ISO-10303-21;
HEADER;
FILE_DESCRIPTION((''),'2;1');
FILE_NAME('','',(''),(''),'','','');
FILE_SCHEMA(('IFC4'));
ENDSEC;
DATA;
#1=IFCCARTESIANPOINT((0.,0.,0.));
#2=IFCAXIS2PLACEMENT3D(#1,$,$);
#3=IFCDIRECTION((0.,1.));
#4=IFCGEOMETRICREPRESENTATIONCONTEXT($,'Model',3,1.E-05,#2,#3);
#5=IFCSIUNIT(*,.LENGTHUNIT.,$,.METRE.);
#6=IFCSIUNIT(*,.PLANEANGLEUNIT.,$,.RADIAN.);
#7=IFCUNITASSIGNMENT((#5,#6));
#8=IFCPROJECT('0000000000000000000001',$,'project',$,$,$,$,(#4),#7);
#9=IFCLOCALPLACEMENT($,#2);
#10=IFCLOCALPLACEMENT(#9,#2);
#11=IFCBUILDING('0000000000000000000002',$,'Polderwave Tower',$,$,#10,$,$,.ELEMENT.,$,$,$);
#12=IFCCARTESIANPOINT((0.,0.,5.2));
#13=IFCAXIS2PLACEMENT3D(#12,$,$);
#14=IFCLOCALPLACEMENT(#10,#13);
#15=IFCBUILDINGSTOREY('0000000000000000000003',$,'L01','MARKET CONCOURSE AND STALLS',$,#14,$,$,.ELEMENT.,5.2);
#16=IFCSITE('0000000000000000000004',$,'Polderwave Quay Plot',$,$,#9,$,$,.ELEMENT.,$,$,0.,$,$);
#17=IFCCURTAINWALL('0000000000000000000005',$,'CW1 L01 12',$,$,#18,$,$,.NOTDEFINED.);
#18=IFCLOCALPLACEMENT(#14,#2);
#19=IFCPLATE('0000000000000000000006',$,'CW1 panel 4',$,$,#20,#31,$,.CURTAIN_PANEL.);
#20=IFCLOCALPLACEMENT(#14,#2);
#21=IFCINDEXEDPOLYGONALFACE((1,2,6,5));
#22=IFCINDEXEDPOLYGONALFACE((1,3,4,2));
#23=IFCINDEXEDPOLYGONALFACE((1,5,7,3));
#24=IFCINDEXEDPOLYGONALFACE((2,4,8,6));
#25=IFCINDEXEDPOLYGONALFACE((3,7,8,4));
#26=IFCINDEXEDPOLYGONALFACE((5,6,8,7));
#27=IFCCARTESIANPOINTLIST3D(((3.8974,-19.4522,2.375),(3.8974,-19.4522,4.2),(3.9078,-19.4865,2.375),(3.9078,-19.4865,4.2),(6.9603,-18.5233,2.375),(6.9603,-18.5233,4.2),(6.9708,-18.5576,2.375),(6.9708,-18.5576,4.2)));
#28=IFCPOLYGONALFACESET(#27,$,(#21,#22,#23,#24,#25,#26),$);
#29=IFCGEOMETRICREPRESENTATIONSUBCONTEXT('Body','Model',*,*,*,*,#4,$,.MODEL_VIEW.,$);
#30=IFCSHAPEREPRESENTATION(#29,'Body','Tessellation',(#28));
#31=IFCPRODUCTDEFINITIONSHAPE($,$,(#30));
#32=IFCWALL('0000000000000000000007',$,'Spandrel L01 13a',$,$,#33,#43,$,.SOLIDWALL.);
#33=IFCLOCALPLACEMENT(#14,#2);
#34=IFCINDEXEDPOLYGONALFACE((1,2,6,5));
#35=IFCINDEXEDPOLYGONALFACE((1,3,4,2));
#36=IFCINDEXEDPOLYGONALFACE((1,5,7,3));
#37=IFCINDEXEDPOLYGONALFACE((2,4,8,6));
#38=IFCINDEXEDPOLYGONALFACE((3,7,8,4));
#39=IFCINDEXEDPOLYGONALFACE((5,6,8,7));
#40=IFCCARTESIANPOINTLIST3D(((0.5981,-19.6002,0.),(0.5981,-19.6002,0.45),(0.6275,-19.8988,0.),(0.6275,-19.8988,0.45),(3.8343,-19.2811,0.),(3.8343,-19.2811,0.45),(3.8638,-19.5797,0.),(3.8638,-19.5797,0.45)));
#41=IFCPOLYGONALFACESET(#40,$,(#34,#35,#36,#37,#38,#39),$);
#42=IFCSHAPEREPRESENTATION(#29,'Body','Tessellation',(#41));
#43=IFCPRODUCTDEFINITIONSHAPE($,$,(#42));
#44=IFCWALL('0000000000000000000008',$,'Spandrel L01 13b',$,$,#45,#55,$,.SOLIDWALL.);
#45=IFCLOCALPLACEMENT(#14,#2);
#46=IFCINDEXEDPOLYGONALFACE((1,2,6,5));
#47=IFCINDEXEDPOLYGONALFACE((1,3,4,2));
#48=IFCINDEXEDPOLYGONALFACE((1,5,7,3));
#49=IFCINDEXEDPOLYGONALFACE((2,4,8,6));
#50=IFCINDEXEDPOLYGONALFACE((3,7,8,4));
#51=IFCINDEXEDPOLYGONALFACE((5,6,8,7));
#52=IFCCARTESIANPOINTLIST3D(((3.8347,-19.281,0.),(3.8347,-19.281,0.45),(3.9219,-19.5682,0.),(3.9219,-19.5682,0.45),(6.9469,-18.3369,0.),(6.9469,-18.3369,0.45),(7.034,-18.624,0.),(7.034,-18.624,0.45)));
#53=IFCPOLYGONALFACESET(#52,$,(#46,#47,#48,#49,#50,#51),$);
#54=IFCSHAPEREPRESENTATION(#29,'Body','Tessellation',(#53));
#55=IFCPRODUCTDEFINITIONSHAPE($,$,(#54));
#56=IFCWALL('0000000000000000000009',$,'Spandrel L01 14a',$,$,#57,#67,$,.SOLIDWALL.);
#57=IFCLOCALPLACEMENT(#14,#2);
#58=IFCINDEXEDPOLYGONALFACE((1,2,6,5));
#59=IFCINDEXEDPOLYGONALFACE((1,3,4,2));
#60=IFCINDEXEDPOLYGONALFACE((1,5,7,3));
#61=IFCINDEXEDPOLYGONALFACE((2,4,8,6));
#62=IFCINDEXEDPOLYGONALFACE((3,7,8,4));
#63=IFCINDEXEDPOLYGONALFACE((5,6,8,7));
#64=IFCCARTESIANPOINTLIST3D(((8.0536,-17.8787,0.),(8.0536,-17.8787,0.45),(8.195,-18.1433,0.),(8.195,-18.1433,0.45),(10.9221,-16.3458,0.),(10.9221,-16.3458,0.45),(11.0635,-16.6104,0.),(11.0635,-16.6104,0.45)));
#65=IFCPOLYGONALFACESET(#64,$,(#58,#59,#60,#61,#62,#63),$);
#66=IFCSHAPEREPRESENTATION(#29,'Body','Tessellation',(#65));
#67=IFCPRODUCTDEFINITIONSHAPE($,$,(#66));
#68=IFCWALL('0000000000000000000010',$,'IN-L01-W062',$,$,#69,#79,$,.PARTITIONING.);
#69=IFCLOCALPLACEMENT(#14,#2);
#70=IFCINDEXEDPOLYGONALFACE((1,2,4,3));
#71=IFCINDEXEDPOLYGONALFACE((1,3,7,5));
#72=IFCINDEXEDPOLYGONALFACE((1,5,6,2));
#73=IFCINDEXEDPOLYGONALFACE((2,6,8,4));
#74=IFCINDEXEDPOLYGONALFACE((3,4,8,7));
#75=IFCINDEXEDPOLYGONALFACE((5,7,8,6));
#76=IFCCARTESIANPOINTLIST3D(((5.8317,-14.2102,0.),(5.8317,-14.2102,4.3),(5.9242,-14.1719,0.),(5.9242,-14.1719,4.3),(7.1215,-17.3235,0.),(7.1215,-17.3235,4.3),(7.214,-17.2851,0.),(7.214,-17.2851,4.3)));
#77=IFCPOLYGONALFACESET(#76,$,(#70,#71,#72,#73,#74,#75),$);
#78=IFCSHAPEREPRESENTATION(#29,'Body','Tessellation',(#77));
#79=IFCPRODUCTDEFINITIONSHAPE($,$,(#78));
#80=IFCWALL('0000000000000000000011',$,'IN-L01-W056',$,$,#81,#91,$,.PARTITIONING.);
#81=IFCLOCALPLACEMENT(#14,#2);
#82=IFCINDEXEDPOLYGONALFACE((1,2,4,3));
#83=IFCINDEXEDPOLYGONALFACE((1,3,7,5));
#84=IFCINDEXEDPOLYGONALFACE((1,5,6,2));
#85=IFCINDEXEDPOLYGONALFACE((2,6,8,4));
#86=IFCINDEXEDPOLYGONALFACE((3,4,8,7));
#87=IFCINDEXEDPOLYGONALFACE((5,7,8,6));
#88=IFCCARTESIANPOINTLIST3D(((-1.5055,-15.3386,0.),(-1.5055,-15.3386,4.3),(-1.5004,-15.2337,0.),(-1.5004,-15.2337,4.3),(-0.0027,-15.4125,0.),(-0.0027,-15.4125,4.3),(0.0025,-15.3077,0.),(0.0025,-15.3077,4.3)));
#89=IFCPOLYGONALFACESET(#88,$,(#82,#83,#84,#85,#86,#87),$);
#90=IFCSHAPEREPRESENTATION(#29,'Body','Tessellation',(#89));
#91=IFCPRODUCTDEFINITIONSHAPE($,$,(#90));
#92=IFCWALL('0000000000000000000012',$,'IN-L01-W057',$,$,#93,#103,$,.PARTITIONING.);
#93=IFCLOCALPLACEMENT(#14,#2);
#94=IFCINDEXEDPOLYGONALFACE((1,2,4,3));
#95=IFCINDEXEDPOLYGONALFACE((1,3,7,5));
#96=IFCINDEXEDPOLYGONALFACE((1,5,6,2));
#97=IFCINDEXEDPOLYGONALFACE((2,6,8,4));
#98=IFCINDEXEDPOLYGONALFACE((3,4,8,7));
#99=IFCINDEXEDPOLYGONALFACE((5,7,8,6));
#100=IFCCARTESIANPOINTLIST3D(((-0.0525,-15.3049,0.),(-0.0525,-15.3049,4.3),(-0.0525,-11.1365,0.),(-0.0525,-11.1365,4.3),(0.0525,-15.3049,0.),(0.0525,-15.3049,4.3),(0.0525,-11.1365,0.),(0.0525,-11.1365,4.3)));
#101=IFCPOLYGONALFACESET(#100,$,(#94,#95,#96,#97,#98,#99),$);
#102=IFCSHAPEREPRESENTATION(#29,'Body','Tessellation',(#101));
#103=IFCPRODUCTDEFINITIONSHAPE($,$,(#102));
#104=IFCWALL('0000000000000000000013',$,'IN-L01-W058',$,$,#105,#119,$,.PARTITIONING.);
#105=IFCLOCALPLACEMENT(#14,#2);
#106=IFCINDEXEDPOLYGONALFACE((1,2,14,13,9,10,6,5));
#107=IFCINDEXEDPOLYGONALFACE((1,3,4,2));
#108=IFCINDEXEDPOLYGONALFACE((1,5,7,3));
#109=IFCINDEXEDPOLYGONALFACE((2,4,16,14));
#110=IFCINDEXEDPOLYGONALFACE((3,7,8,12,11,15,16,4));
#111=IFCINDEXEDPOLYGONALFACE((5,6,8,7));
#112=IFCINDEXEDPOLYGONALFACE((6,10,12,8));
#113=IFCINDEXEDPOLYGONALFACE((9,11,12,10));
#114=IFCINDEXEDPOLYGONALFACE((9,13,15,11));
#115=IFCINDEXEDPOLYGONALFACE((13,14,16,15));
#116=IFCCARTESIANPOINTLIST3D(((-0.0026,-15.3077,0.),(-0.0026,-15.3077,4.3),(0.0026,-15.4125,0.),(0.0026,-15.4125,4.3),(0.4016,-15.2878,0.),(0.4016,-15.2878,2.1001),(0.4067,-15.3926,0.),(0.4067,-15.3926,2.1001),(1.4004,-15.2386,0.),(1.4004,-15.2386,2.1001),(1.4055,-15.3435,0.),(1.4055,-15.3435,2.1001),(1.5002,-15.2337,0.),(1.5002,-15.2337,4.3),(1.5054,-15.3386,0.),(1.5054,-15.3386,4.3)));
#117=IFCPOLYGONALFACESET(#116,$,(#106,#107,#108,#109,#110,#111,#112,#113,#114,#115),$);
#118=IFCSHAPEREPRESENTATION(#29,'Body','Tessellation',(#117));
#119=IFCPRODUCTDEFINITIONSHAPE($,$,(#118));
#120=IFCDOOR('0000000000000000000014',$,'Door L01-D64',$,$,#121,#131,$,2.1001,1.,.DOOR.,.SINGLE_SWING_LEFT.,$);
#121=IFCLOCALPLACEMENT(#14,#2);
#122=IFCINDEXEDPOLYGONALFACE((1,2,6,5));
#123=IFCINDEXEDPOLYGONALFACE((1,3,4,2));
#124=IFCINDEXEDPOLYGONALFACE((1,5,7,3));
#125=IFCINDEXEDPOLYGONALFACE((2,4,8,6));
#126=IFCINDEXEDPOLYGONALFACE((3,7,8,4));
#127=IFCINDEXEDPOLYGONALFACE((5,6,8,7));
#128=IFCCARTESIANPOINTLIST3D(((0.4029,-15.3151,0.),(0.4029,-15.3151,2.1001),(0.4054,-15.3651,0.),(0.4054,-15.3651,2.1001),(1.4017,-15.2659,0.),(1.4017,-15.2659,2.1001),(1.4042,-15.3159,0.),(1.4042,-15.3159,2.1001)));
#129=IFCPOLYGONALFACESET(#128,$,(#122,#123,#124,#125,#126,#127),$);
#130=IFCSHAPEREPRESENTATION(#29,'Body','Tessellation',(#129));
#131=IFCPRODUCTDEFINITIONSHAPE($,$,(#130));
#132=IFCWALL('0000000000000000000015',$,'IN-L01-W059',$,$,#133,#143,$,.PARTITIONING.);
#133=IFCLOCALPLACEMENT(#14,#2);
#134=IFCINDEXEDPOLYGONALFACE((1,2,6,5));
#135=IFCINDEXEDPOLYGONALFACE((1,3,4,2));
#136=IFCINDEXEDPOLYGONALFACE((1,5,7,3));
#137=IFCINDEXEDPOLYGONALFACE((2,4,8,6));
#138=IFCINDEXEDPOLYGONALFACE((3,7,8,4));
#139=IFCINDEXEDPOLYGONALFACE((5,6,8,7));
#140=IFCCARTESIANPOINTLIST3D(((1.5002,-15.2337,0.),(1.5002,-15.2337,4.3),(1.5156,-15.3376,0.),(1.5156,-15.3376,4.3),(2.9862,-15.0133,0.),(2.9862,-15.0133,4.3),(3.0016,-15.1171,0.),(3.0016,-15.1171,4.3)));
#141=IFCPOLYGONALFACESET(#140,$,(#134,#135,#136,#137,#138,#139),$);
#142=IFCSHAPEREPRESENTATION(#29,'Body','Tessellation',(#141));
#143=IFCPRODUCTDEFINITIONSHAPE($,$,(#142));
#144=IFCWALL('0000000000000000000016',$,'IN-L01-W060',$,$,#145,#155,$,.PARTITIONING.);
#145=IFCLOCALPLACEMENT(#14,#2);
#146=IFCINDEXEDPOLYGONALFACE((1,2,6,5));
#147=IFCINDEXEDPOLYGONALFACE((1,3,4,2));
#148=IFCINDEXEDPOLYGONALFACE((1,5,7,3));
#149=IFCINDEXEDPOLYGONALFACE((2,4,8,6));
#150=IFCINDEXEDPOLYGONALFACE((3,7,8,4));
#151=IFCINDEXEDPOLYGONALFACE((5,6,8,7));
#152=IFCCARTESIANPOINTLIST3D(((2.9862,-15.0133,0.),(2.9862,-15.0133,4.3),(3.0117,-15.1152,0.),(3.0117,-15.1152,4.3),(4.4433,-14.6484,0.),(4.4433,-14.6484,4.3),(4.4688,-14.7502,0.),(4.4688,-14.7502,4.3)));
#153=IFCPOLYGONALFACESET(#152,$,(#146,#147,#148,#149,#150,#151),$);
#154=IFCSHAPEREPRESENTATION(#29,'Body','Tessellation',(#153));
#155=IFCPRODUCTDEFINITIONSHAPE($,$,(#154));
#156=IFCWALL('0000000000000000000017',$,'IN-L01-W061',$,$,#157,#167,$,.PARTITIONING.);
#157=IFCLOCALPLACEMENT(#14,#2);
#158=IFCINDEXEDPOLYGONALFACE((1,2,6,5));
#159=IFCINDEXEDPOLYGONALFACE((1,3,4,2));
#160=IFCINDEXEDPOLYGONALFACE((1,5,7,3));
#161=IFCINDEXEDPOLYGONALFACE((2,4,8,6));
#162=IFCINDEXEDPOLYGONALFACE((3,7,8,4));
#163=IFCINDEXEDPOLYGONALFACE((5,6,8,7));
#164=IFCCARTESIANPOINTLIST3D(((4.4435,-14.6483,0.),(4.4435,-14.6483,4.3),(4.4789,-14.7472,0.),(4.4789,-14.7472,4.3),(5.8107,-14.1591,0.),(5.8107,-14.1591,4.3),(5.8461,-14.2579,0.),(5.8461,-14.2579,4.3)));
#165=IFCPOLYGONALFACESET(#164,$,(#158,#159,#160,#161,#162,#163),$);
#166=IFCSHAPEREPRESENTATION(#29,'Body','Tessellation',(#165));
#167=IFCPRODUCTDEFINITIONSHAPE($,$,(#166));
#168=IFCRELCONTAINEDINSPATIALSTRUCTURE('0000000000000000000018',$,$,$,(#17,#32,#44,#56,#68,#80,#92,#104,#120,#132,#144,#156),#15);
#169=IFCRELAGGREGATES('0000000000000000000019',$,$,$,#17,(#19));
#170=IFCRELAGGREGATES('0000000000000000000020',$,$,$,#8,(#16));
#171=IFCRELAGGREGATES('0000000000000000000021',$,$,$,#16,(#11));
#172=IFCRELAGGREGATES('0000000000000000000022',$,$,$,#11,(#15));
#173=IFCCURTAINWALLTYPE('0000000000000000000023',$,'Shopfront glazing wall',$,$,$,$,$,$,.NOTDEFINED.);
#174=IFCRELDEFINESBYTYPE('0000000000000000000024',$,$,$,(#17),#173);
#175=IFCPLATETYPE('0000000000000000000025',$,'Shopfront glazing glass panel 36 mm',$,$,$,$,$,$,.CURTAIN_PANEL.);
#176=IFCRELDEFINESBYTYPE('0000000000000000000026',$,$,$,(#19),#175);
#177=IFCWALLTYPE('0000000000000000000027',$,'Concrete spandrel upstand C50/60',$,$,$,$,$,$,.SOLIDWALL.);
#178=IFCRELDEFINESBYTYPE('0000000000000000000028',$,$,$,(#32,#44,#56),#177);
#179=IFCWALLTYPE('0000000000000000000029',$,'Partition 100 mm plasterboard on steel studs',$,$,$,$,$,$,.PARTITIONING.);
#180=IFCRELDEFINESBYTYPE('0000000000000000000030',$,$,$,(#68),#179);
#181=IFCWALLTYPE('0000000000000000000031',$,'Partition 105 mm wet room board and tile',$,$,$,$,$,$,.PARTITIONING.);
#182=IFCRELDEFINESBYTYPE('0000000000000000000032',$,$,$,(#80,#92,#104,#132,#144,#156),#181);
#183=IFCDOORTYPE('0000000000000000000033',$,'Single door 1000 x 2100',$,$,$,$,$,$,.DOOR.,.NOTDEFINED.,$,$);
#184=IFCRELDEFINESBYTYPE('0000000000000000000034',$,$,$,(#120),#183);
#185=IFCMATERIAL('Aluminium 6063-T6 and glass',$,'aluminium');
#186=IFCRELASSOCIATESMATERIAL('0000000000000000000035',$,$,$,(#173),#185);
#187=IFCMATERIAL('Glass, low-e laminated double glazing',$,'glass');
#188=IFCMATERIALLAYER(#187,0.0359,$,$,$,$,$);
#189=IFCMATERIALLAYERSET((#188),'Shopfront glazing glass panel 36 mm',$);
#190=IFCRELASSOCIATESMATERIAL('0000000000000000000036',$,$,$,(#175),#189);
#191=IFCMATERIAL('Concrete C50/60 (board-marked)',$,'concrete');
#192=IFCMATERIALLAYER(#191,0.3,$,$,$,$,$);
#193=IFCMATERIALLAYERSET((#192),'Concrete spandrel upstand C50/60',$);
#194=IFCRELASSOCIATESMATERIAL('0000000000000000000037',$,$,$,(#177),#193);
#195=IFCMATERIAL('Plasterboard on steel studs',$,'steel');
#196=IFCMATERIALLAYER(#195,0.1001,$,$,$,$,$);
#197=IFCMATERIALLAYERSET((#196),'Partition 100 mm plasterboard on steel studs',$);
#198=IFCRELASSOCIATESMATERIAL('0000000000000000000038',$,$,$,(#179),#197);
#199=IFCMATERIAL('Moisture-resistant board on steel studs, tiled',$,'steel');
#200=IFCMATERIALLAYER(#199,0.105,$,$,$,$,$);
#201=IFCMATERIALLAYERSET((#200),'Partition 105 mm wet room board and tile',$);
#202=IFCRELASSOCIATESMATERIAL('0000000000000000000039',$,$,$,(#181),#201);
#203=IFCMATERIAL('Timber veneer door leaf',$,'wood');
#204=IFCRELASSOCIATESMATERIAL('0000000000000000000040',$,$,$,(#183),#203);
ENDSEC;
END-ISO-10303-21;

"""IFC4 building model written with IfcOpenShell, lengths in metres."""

from ifc_helpers import new_model, si_unit, direction, frame, frame_2d, origin, origin_2d, place, context, subcontext, project, spatial, rectangle, extrude, material, layer, layer_set, type_object, element, fill, aggregate, save


model = new_model("IFC4")

# Units and contexts
model_context = context("Model", 3, precision=1e-05, world=origin(), true_north=direction((0.0, 1.0)))
body_context = subcontext(model_context, "Body", "Model", "MODEL_VIEW")
ifc_project = project(units=[si_unit("LENGTHUNIT", "METRE"), si_unit("PLANEANGLEUNIT", "RADIAN")], contexts=[model_context])

# Site, building, storey
site_placement = place(None, origin())
site = spatial("IfcSite", under=ifc_project, at=site_placement, Name="Polderwave Quay Plot", CompositionType="ELEMENT", RefElevation=0.0)
building_placement = place(site_placement, origin())
building = spatial("IfcBuilding", under=site, at=building_placement, Name="Polderwave Tower", CompositionType="ELEMENT")
storey_placement = place(building_placement, frame((0.0, 0.0, 5.2)))
storey = spatial("IfcBuildingStorey", under=building, at=storey_placement, Name="L01", Description="MARKET CONCOURSE AND STALLS", CompositionType="ELEMENT", Elevation=5.2)

# Curtain wall, plate
ifc_material_1 = material(Name="Aluminium 6063-T6 and glass", Category="aluminium")
curtain_wall_type = type_object("IfcCurtainWallType", Name="Shopfront glazing wall", PredefinedType="NOTDEFINED", material=ifc_material_1)
curtain_wall_placement = place(storey_placement, origin())
curtain_wall = element("IfcCurtainWall", 1, at=curtain_wall_placement, inside=storey, type_object=curtain_wall_type, Name="CW1 L01 12", PredefinedType="NOTDEFINED")
ifc_material_2 = material(Name="Glass, low-e laminated double glazing", Category="glass")
ifc_layer_1 = layer(ifc_material_2, 0.0359)
ifc_layer_set_1 = layer_set([ifc_layer_1], Name="Shopfront glazing glass panel 36 mm")
plate_type = type_object("IfcPlateType", Name="Shopfront glazing glass panel 36 mm", PredefinedType="CURTAIN_PANEL", material=ifc_layer_set_1)
plate_1_placement = place(storey_placement, frame((5.4341, -19.0049, 2.375), z_axis=(0.0, 0.0, 1.0), x_axis=(0.956961, 0.290218, 0.0)))
plate_1 = element("IfcPlate", 2, at=plate_1_placement, type_object=plate_type, Name="CW1 panel 4", PredefinedType="CURTAIN_PANEL", context=body_context, shape_type="SweptSolid", body=[
    extrude(rectangle(XDim=3.2007, YDim=0.0359, at=origin_2d()), origin(), (0.0, 0.0, 1.0), 1.825),
])
aggregate(curtain_wall, [plate_1])

# Walls
ifc_material_3 = material(Name="Concrete C50/60 (board-marked)", Category="concrete")
ifc_layer_2 = layer(ifc_material_3, 0.3)
ifc_layer_set_2 = layer_set([ifc_layer_2], Name="Concrete spandrel upstand C50/60")
wall_type_1 = type_object("IfcWallType", Name="Concrete spandrel upstand C50/60", PredefinedType="SOLIDWALL", material=ifc_layer_set_2)
wall_1_placement = place(storey_placement, frame((0.6128, -19.7495, 0.0), z_axis=(0.0, 0.0, 1.0), x_axis=(0.995174, 0.098121, 0.0)))
element("IfcWall", 3, at=wall_1_placement, inside=storey, type_object=wall_type_1, Name="Spandrel L01 13a", PredefinedType="SOLIDWALL", context=body_context, shape_type="SweptSolid", body=[
    extrude(rectangle(XDim=3.252, YDim=0.3, at=frame_2d((1.626, 0.0))), origin(), (0.0, 0.0, 1.0), 0.45),
])
wall_2_placement = place(storey_placement, frame((3.8784, -19.4246, 0.0), z_axis=(0.0, 0.0, 1.0), x_axis=(0.956935, 0.290301, 0.0)))
element("IfcWall", 4, at=wall_2_placement, inside=storey, type_object=wall_type_1, Name="Spandrel L01 13b", PredefinedType="SOLIDWALL", context=body_context, shape_type="SweptSolid", body=[
    extrude(rectangle(XDim=3.2522, YDim=0.3, at=frame_2d((1.626, 0.0))), origin(), (0.0, 0.0, 1.0), 0.45),
])
wall_3_placement = place(storey_placement, frame((8.1243, -18.011, 0.0), z_axis=(0.0, 0.0, 1.0), x_axis=(0.881968, 0.471309, 0.0)))
element("IfcWall", 5, at=wall_3_placement, inside=storey, type_object=wall_type_1, Name="Spandrel L01 14a", PredefinedType="SOLIDWALL", context=body_context, shape_type="SweptSolid", body=[
    extrude(rectangle(XDim=3.2524, YDim=0.3, at=frame_2d((1.6262, 0.0))), origin(), (0.0, 0.0, 1.0), 0.45),
])
ifc_material_4 = material(Name="Plasterboard on steel studs", Category="steel")
ifc_layer_3 = layer(ifc_material_4, 0.1001)
ifc_layer_set_3 = layer_set([ifc_layer_3], Name="Partition 100 mm plasterboard on steel studs")
wall_type_2 = type_object("IfcWallType", Name="Partition 100 mm plasterboard on steel studs", PredefinedType="PARTITIONING", material=ifc_layer_set_3)
wall_4_placement = place(storey_placement, frame((5.8779, -14.1909, 0.0), z_axis=(0.0, 0.0, 1.0), x_axis=(0.382742, -0.923855, 0.0)))
element("IfcWall", 6, at=wall_4_placement, inside=storey, type_object=wall_type_2, Name="IN-L01-W062", PredefinedType="PARTITIONING", context=body_context, shape_type="SweptSolid", body=[
    extrude(rectangle(XDim=3.3699, YDim=0.1001, at=frame_2d((1.6851, 0.0))), origin(), (0.0, 0.0, 1.0), 4.3),
])
ifc_material_5 = material(Name="Moisture-resistant board on steel studs, tiled", Category="steel")
ifc_layer_4 = layer(ifc_material_5, 0.105)
ifc_layer_set_4 = layer_set([ifc_layer_4], Name="Partition 105 mm wet room board and tile")
wall_type_3 = type_object("IfcWallType", Name="Partition 105 mm wet room board and tile", PredefinedType="PARTITIONING", material=ifc_layer_set_4)
wall_5_placement = place(storey_placement, frame((0.0, -15.3601, 0.0), z_axis=(0.0, 0.0, 1.0), x_axis=(-0.998791, 0.049161, 0.0)))
element("IfcWall", 7, at=wall_5_placement, inside=storey, type_object=wall_type_3, Name="IN-L01-W056", PredefinedType="PARTITIONING", context=body_context, shape_type="SweptSolid", body=[
    extrude(rectangle(XDim=1.5046, YDim=0.105, at=frame_2d((0.7524, 0.0))), origin(), (0.0, 0.0, 1.0), 4.3),
])
wall_6_placement = place(storey_placement, frame((0.0, -11.1365, 0.0), z_axis=(0.0, 0.0, 1.0), x_axis=(0.0, -1.0, 0.0)))
element("IfcWall", 8, at=wall_6_placement, inside=storey, type_object=wall_type_3, Name="IN-L01-W057", PredefinedType="PARTITIONING", context=body_context, shape_type="SweptSolid", body=[
    extrude(rectangle(XDim=4.1685, YDim=0.105, at=frame_2d((2.0842, 0.0))), origin(), (0.0, 0.0, 1.0), 4.3),
])

# Wall, opening, door
wall_7_placement = place(storey_placement, frame((1.5029, -15.2861, 0.0), z_axis=(0.0, 0.0, 1.0), x_axis=(-0.998791, -0.049161, 0.0)))
wall_7 = element("IfcWall", 9, at=wall_7_placement, inside=storey, type_object=wall_type_3, Name="IN-L01-W058", PredefinedType="PARTITIONING", context=body_context, shape_type="SweptSolid", body=[
    extrude(rectangle(XDim=1.5046, YDim=0.105, at=frame_2d((0.7524, 0.0))), origin(), (0.0, 0.0, 1.0), 4.3),
])
opening_placement = place(wall_7_placement, frame((0.1001, 0.0, 0.0)))
opening = element("IfcOpeningElement", 10, at=opening_placement, cuts=wall_7, PredefinedType="OPENING", context=body_context, shape_type="SweptSolid", body=[
    extrude(rectangle(XDim=1.0, YDim=2.1001, at=frame_2d((0.5, 1.05))), frame((0.0, 0.0625, 0.0), z_axis=(0.0, -1.0, 0.0), x_axis=(1.0, 0.0, 0.0)), (0.0, 0.0, 1.0), 0.125),
])
ifc_material_6 = material(Name="Timber veneer door leaf", Category="wood")
door_type = type_object("IfcDoorType", Name="Single door 1000 x 2100", OperationType="NOTDEFINED", PredefinedType="DOOR", material=ifc_material_6)
door_placement = place(opening_placement, origin())
door = element("IfcDoor", 11, at=door_placement, inside=storey, type_object=door_type, Name="Door L01-D64", OperationType="SINGLE_SWING_LEFT", OverallHeight=2.1001, OverallWidth=1.0, PredefinedType="DOOR", context=body_context, shape_type="SweptSolid", body=[
    extrude(rectangle(XDim=1.0, YDim=2.1001, at=frame_2d((0.5, 1.05))), frame((0.0, 0.0249, 0.0), z_axis=(0.0, -1.0, 0.0), x_axis=(1.0, 0.0, 0.0)), (0.0, 0.0, 1.0), 0.05),
])
fill(opening, door)

# Walls
for number, where, z_axis, x_axis, name in (
    (12, (1.5081, -15.2856, 0.0), (0.0, 0.0, 1.0), (0.989171, 0.146767, 0.0), "IN-L01-W059"),
    (13, (2.999, -15.0642, 0.0), (0.0, 0.0, 1.0), (0.970037, 0.242956, 0.0), "IN-L01-W060"),
):
    element("IfcWall", number, at=place(storey_placement, frame(where, z_axis=z_axis, x_axis=x_axis)), inside=storey, type_object=wall_type_3, Name=name, PredefinedType="PARTITIONING", context=body_context, shape_type="SweptSolid", body=[
        extrude(rectangle(XDim=1.5022, YDim=0.105, at=frame_2d((0.751, 0.0))), origin(), (0.0, 0.0, 1.0), 4.3),
    ])
wall_8_placement = place(storey_placement, frame((4.4612, -14.6978, 0.0), z_axis=(0.0, 0.0, 1.0), x_axis=(0.941529, 0.336933, 0.0)))
element("IfcWall", 14, at=wall_8_placement, inside=storey, type_object=wall_type_3, Name="IN-L01-W061", PredefinedType="PARTITIONING", context=body_context, shape_type="SweptSolid", body=[
    extrude(rectangle(XDim=1.4521, YDim=0.105, at=frame_2d((0.7261, 0.0))), origin(), (0.0, 0.0, 1.0), 4.3),
])

save(model, "model.ifc")
